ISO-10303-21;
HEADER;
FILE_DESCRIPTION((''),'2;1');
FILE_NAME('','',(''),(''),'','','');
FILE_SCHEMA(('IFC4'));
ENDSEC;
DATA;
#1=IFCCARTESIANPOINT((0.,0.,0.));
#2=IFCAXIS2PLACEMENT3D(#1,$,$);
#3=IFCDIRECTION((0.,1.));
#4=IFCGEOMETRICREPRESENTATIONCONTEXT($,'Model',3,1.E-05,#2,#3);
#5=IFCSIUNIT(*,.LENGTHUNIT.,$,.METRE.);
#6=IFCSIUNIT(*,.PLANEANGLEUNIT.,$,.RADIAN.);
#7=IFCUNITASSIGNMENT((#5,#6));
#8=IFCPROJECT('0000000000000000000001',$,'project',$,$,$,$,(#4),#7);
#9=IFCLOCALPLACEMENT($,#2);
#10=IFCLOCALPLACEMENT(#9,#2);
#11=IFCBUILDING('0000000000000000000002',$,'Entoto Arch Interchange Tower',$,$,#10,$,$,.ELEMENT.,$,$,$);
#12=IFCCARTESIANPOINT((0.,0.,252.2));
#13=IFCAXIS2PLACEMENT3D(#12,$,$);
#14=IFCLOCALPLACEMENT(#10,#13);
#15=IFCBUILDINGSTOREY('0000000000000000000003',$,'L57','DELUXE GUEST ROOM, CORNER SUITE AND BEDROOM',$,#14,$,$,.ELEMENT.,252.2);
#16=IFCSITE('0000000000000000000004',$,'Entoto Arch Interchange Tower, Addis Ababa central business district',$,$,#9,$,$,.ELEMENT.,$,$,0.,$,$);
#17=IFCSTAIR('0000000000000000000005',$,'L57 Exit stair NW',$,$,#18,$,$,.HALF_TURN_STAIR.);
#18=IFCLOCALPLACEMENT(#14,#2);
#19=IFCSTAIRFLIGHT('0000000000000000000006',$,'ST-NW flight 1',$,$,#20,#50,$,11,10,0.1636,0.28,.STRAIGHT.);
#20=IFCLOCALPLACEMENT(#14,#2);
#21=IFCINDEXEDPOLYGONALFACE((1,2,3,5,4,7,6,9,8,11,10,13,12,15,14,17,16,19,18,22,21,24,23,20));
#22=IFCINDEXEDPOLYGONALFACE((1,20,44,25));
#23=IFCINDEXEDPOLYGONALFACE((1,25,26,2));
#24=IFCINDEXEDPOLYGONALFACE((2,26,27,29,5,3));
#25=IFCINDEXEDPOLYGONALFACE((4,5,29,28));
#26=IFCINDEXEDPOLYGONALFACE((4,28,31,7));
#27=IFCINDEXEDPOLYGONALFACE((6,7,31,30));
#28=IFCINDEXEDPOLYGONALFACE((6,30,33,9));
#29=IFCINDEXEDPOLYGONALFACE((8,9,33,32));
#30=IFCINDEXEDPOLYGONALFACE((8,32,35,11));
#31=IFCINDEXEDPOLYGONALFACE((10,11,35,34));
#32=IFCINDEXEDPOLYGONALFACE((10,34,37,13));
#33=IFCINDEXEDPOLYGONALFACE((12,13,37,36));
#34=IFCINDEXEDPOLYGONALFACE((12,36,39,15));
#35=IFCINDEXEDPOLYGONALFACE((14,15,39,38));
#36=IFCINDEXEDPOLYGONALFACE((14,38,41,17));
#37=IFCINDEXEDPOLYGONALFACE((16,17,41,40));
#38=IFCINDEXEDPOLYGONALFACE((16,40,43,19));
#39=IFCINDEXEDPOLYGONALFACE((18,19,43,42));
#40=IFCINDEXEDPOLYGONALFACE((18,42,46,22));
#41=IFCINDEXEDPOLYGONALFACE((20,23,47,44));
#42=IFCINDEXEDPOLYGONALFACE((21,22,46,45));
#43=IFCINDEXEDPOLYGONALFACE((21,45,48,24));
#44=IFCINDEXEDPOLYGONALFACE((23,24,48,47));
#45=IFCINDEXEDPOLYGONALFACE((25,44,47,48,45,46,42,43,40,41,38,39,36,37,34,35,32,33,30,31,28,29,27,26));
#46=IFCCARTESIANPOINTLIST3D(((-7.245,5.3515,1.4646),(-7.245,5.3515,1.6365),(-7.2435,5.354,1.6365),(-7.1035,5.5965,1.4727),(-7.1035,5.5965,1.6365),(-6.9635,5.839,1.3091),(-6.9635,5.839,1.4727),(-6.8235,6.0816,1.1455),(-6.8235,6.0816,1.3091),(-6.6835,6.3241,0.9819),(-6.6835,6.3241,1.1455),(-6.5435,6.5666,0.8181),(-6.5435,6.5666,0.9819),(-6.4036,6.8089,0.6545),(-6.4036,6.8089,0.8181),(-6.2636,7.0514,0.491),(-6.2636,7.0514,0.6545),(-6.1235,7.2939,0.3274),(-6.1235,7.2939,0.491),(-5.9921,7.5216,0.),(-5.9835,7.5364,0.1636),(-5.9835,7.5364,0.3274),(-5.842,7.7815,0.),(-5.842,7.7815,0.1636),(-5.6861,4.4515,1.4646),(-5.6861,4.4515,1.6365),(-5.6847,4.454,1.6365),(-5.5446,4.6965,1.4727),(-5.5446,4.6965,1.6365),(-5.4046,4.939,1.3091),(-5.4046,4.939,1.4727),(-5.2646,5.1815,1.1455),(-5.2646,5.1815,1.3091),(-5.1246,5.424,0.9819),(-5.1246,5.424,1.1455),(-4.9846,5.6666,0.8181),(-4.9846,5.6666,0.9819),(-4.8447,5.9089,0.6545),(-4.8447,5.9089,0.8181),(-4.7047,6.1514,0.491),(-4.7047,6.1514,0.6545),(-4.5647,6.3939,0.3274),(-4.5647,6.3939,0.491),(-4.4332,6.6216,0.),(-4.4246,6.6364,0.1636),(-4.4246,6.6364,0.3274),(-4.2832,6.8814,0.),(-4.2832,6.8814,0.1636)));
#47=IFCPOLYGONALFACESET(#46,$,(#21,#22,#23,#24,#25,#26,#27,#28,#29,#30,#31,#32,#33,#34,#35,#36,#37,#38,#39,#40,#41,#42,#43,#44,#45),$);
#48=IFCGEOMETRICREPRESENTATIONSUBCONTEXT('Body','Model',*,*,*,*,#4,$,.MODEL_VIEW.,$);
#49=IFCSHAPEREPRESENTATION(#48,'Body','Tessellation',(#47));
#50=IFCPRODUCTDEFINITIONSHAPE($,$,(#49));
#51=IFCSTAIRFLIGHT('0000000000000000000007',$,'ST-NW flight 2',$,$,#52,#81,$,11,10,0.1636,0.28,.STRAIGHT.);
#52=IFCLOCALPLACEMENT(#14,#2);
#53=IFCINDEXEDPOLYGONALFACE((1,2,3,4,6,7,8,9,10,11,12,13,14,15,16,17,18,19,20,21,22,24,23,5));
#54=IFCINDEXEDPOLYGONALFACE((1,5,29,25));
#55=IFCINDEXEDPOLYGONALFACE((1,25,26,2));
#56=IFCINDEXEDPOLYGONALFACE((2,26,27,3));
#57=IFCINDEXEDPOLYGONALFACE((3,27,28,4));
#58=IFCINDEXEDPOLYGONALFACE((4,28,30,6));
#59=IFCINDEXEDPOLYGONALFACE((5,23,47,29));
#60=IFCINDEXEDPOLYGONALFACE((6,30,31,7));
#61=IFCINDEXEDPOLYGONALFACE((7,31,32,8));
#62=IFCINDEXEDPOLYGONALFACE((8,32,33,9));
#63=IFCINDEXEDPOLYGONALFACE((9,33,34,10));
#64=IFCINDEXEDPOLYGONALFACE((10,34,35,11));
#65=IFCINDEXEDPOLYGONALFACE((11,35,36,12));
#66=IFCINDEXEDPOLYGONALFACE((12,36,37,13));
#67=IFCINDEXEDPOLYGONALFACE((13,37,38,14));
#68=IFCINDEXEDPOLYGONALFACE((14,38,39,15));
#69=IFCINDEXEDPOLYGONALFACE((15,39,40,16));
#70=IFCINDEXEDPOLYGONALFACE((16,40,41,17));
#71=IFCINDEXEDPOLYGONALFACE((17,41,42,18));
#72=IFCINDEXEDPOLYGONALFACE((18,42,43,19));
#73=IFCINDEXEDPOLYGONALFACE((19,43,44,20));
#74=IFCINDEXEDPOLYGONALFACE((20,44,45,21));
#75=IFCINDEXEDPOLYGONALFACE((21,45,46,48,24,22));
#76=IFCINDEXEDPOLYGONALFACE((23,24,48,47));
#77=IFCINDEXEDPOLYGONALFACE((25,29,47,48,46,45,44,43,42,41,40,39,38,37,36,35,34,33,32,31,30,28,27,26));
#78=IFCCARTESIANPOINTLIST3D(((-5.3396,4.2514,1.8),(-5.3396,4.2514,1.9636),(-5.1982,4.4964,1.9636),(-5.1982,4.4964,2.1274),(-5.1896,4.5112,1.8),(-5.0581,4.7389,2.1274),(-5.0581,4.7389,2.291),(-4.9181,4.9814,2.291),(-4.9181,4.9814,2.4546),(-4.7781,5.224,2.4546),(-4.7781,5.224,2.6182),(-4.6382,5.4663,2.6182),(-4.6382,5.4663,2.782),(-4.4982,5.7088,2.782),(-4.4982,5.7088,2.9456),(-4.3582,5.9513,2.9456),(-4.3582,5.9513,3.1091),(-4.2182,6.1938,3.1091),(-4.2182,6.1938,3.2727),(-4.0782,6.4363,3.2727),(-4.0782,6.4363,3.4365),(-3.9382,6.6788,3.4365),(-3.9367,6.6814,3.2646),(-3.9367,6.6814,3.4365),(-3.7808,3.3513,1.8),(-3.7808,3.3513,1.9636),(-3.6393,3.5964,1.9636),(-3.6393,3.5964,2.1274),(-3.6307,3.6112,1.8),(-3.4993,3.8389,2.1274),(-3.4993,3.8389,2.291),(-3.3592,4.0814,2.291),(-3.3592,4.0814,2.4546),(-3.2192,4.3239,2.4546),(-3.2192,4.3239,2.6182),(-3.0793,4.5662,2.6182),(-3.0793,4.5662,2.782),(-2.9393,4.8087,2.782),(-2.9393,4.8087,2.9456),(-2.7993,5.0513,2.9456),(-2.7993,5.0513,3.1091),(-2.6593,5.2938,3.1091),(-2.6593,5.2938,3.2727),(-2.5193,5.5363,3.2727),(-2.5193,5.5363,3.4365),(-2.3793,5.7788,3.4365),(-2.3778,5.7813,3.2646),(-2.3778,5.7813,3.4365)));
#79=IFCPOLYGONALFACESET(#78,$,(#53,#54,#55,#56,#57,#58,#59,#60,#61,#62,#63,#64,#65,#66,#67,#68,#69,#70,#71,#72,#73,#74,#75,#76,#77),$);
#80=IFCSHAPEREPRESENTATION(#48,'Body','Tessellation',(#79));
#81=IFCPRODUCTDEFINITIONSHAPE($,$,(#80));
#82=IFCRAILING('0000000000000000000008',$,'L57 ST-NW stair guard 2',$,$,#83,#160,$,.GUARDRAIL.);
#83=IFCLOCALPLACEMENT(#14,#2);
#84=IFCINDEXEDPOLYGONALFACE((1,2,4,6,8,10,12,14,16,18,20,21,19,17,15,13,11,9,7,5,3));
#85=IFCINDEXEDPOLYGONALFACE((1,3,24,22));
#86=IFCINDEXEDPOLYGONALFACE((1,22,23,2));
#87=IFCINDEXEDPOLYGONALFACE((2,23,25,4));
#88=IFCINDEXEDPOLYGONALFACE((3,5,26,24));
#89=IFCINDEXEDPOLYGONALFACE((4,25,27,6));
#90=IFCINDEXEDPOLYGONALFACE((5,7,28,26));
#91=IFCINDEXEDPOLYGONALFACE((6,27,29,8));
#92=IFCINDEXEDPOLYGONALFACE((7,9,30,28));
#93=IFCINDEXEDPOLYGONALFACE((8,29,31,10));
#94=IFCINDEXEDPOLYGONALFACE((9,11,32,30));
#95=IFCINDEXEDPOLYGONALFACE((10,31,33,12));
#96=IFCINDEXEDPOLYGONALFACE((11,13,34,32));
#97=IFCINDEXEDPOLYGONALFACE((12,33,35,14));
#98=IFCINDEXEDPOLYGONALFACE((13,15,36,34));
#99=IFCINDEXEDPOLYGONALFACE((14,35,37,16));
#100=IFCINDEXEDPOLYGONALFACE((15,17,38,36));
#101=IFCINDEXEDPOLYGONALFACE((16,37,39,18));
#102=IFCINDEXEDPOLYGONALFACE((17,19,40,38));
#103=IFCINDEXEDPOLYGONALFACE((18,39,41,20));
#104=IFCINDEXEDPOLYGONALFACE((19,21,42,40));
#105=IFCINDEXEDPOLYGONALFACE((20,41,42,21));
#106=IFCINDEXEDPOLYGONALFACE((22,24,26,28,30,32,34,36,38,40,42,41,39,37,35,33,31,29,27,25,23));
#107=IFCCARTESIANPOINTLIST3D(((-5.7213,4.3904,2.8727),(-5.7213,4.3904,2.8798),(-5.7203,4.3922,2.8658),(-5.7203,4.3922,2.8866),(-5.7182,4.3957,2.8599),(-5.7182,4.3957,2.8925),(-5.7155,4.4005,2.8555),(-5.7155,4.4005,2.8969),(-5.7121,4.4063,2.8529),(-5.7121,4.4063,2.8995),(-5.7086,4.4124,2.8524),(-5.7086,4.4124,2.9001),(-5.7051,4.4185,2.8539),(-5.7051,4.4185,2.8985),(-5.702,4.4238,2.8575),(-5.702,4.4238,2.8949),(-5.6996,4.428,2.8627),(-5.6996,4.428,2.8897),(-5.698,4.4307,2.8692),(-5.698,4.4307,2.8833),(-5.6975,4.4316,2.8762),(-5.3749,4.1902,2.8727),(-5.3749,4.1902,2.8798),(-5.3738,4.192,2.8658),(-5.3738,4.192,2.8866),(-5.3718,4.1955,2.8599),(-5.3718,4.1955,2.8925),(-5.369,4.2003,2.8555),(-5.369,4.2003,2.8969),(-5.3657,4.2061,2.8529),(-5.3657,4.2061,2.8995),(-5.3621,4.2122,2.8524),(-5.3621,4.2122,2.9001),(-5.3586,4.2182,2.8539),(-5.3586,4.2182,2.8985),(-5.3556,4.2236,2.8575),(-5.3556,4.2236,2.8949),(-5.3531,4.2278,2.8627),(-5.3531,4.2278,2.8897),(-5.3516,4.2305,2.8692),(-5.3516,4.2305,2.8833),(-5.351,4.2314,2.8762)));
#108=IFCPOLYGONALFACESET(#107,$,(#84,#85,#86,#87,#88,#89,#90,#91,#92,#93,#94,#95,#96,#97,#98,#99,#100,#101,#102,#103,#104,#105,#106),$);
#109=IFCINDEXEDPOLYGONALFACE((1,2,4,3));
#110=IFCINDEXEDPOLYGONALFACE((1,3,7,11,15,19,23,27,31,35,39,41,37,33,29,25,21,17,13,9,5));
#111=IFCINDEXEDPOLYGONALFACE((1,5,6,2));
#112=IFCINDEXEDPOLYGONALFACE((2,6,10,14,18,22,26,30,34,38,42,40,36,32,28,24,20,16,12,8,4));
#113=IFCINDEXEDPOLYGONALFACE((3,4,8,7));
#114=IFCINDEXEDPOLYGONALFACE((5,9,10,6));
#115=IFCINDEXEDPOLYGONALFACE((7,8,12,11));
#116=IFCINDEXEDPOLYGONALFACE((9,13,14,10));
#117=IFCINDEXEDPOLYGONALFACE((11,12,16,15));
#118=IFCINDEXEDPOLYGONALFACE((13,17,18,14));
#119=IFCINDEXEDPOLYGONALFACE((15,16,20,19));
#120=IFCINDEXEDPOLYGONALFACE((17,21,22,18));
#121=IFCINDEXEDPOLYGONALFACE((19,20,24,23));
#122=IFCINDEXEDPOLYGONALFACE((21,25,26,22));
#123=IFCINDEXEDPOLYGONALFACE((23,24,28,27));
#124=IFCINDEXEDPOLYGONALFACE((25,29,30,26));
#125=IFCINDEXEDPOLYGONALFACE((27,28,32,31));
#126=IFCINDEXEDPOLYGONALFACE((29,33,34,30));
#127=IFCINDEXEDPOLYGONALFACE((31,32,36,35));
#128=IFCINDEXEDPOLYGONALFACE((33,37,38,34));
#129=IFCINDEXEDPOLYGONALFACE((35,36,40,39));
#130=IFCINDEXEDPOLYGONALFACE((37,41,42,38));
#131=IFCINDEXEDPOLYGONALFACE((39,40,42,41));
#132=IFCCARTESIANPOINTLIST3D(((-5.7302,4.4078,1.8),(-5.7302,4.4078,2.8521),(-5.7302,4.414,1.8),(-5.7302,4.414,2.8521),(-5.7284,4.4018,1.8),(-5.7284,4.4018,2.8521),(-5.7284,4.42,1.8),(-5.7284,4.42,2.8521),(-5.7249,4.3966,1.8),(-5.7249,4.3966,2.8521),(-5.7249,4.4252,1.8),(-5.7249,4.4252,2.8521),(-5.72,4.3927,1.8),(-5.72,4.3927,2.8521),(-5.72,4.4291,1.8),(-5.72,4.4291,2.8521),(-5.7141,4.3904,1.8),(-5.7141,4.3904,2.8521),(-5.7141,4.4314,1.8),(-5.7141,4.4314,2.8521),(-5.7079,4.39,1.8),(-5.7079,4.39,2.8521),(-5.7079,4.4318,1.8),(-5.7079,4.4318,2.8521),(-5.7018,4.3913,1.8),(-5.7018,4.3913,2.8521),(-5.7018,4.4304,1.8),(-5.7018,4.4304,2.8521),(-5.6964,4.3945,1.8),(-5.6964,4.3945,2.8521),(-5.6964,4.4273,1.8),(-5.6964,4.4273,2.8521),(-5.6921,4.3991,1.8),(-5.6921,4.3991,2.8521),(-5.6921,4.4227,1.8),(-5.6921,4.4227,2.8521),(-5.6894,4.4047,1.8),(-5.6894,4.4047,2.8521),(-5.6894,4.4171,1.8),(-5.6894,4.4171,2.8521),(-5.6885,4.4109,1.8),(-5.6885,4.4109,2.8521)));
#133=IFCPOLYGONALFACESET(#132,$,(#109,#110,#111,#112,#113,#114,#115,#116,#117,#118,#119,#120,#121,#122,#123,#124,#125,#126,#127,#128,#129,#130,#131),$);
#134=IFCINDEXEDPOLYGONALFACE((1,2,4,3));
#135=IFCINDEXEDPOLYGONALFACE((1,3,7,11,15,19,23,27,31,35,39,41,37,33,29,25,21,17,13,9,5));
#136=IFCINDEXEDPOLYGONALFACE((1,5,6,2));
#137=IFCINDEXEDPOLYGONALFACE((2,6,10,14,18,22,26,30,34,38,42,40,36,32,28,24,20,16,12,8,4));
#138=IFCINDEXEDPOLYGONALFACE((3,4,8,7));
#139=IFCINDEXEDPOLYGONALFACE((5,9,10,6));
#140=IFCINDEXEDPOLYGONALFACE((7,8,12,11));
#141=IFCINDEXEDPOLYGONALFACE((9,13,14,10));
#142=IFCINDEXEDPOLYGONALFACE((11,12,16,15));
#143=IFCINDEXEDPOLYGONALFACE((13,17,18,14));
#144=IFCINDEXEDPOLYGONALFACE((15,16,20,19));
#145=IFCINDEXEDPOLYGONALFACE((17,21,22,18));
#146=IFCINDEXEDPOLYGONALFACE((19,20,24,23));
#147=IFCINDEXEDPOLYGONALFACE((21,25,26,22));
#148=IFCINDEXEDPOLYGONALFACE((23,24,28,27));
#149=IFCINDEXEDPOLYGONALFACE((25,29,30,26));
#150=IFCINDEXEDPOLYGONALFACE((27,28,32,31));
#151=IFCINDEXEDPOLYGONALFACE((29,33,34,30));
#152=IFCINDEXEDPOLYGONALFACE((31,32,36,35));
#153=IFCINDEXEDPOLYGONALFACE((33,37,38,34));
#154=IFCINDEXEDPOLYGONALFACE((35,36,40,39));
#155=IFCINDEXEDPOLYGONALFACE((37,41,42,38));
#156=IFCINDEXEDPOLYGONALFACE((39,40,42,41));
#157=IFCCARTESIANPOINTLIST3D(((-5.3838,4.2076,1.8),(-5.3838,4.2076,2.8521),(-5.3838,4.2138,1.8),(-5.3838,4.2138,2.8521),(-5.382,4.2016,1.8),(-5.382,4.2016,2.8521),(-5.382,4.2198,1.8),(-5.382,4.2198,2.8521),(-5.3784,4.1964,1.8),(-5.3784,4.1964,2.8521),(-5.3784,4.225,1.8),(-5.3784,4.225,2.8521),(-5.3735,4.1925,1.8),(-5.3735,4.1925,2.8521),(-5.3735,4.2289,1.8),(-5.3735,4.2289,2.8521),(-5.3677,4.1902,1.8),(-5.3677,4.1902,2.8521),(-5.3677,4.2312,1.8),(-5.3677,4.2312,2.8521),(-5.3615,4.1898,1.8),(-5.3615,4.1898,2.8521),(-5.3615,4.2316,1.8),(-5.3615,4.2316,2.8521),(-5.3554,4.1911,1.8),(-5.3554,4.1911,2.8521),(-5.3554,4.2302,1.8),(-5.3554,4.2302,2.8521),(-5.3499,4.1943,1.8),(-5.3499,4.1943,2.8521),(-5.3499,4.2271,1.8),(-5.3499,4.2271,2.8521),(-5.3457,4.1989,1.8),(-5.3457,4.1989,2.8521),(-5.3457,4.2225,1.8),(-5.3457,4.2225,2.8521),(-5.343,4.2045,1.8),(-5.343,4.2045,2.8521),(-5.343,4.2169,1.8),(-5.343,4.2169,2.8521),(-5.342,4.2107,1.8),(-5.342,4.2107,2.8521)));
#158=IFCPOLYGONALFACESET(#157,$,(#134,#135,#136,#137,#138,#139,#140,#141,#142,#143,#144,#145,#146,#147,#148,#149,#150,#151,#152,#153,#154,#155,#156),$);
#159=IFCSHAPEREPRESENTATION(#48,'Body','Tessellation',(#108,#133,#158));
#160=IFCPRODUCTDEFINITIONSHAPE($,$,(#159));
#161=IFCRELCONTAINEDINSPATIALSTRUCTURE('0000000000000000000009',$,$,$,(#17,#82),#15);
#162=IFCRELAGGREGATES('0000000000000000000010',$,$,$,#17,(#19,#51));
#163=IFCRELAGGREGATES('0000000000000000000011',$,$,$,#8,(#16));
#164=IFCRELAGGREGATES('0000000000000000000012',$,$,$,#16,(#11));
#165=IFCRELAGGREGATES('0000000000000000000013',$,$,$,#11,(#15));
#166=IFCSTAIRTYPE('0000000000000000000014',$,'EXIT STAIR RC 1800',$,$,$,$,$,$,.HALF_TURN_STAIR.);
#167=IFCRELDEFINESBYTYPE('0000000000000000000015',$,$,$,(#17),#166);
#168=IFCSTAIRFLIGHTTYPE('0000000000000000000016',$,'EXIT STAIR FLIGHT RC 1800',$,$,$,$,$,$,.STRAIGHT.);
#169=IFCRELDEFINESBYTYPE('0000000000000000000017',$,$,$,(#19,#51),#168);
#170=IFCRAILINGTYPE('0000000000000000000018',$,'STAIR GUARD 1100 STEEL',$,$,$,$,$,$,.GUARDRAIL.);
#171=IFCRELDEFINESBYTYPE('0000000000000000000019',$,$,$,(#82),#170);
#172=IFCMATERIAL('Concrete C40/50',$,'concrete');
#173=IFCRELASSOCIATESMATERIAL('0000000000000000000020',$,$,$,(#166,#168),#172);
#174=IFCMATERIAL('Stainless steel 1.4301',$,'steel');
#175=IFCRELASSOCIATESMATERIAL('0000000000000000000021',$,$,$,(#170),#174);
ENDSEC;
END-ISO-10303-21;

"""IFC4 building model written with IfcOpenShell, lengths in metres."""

from ifc_helpers import new_model, si_unit, direction, frame, origin, origin_2d, place, context, subcontext, project, spatial, polyline, circle, outline, extrude, material, type_object, element, aggregate, save


model = new_model("IFC4")

# Units and contexts
model_context = context("Model", 3, precision=1e-05, world=origin(), true_north=direction((0.0, 1.0)))
body_context = subcontext(model_context, "Body", "Model", "MODEL_VIEW")
ifc_project = project(units=[si_unit("LENGTHUNIT", "METRE"), si_unit("PLANEANGLEUNIT", "RADIAN")], contexts=[model_context])

# Site, building, storey
site_placement = place(None, origin())
site = spatial("IfcSite", under=ifc_project, at=site_placement, Name="Entoto Arch Interchange Tower, Addis Ababa central business district", CompositionType="ELEMENT", RefElevation=0.0)
building_placement = place(site_placement, origin())
building = spatial("IfcBuilding", under=site, at=building_placement, Name="Entoto Arch Interchange Tower", CompositionType="ELEMENT")
storey_placement = place(building_placement, frame((0.0, 0.0, 252.2)))
storey = spatial("IfcBuildingStorey", under=building, at=storey_placement, Name="L57", Description="DELUXE GUEST ROOM, CORNER SUITE AND BEDROOM", CompositionType="ELEMENT", Elevation=252.2)

# Shared definitions
ifc_material_1 = material(Name="Concrete C40/50", Category="concrete")

# Stair, stair flights
stair_type = type_object("IfcStairType", Name="EXIT STAIR RC 1800", PredefinedType="HALF_TURN_STAIR", material=ifc_material_1)
stair_placement = place(storey_placement, origin())
stair = element("IfcStair", 1, at=stair_placement, inside=storey, type_object=stair_type, Name="L57 Exit stair NW", PredefinedType="HALF_TURN_STAIR")
stair_flight_type = type_object("IfcStairFlightType", Name="EXIT STAIR FLIGHT RC 1800", PredefinedType="STRAIGHT", material=ifc_material_1)
stair_flight_1_placement = place(storey_placement, frame((-5.064, 7.3289, 0.0), z_axis=(0.0, 0.0, 1.0), x_axis=(-0.5, -0.866025, 0.0)))
stair_flight_1 = element("IfcStairFlight", 2, at=stair_flight_1_placement, type_object=stair_flight_type, Name="ST-NW flight 1", NumberOfRisers=11, NumberOfTreads=10, PredefinedType="STRAIGHT", RiserHeight=0.1636, TreadLength=0.28, context=body_context, shape_type="SweptSolid", body=[
    extrude(outline(polyline([(-0.0029, 0.0), (-0.0029, 0.1636), (0.28, 0.1636), (0.28, 0.3274), (0.5601, 0.3274), (0.5601, 0.491), (0.8401, 0.491), (0.8401, 0.6545), (1.1201, 0.6545), (1.1201, 0.8181), (1.3999, 0.8181), (1.3999, 0.9819), (1.6799, 0.9819), (1.6799, 1.1455), (1.96, 1.1455), (1.96, 1.3091), (2.24, 1.3091), (2.24, 1.4727), (2.52, 1.4727), (2.52, 1.6365), (2.8, 1.6365), (2.803, 1.6365), (2.803, 1.4646), (0.2971, 0.0), (-0.0029, 0.0)])), frame((0.0, 0.8999, 0.0), z_axis=(0.0, -1.0, 0.0), x_axis=(1.0, 0.0, 0.0)), (0.0, 0.0, 1.0), 1.8),
])
stair_flight_2_placement = place(storey_placement, frame((-4.5588, 3.804, 1.8), z_axis=(0.0, 0.0, 1.0), x_axis=(0.5, 0.866025, 0.0)))
stair_flight_2 = element("IfcStairFlight", 3, at=stair_flight_2_placement, type_object=stair_flight_type, Name="ST-NW flight 2", NumberOfRisers=11, NumberOfTreads=10, PredefinedType="STRAIGHT", RiserHeight=0.1636, TreadLength=0.28, context=body_context, shape_type="SweptSolid", body=[
    extrude(outline(polyline([(-0.0029, 0.0), (-0.0029, 0.1636), (0.28, 0.1636), (0.28, 0.3274), (0.5601, 0.3274), (0.5601, 0.491), (0.8401, 0.491), (0.8401, 0.6545), (1.1201, 0.6545), (1.1201, 0.8181), (1.3999, 0.8181), (1.3999, 0.9819), (1.6799, 0.9819), (1.6799, 1.1455), (1.96, 1.1455), (1.96, 1.3091), (2.24, 1.3091), (2.24, 1.4727), (2.52, 1.4727), (2.52, 1.6365), (2.8, 1.6365), (2.803, 1.6365), (2.803, 1.4646), (0.2971, 0.0), (-0.0029, 0.0)])), frame((0.0, 0.8999, 0.0), z_axis=(0.0, -1.0, 0.0), x_axis=(1.0, 0.0, 0.0)), (0.0, 0.0, 1.0), 1.8),
])
aggregate(stair, [stair_flight_1, stair_flight_2])

# Railing
ifc_material_2 = material(Name="Stainless steel 1.4301", Category="steel")
railing_type = type_object("IfcRailingType", Name="STAIR GUARD 1100 STEEL", PredefinedType="GUARDRAIL", material=ifc_material_2)
railing_1_placement = place(storey_placement, frame((-5.7095, 4.4109, 1.8)))
element("IfcRailing", 4, at=railing_1_placement, inside=storey, type_object=railing_type, Name="L57 ST-NW stair guard 2", PredefinedType="GUARDRAIL", context=body_context, shape_type="SweptSolid", body=[
    extrude(circle(Radius=0.0239, at=origin_2d()), frame((0.0, 0.0, 1.0762), z_axis=(0.86583, -0.500339, 0.0), x_axis=(0.500339, 0.86583, 0.0)), (0.0, 0.0, 1.0), 0.4001),
    extrude(circle(Radius=0.021, at=origin_2d()), origin(), (0.0, 0.0, 1.0), 1.052),
    extrude(circle(Radius=0.021, at=origin_2d()), frame((0.3464, -0.2002, 0.0)), (0.0, 0.0, 1.0), 1.052),
])

save(model, "model.ifc")
